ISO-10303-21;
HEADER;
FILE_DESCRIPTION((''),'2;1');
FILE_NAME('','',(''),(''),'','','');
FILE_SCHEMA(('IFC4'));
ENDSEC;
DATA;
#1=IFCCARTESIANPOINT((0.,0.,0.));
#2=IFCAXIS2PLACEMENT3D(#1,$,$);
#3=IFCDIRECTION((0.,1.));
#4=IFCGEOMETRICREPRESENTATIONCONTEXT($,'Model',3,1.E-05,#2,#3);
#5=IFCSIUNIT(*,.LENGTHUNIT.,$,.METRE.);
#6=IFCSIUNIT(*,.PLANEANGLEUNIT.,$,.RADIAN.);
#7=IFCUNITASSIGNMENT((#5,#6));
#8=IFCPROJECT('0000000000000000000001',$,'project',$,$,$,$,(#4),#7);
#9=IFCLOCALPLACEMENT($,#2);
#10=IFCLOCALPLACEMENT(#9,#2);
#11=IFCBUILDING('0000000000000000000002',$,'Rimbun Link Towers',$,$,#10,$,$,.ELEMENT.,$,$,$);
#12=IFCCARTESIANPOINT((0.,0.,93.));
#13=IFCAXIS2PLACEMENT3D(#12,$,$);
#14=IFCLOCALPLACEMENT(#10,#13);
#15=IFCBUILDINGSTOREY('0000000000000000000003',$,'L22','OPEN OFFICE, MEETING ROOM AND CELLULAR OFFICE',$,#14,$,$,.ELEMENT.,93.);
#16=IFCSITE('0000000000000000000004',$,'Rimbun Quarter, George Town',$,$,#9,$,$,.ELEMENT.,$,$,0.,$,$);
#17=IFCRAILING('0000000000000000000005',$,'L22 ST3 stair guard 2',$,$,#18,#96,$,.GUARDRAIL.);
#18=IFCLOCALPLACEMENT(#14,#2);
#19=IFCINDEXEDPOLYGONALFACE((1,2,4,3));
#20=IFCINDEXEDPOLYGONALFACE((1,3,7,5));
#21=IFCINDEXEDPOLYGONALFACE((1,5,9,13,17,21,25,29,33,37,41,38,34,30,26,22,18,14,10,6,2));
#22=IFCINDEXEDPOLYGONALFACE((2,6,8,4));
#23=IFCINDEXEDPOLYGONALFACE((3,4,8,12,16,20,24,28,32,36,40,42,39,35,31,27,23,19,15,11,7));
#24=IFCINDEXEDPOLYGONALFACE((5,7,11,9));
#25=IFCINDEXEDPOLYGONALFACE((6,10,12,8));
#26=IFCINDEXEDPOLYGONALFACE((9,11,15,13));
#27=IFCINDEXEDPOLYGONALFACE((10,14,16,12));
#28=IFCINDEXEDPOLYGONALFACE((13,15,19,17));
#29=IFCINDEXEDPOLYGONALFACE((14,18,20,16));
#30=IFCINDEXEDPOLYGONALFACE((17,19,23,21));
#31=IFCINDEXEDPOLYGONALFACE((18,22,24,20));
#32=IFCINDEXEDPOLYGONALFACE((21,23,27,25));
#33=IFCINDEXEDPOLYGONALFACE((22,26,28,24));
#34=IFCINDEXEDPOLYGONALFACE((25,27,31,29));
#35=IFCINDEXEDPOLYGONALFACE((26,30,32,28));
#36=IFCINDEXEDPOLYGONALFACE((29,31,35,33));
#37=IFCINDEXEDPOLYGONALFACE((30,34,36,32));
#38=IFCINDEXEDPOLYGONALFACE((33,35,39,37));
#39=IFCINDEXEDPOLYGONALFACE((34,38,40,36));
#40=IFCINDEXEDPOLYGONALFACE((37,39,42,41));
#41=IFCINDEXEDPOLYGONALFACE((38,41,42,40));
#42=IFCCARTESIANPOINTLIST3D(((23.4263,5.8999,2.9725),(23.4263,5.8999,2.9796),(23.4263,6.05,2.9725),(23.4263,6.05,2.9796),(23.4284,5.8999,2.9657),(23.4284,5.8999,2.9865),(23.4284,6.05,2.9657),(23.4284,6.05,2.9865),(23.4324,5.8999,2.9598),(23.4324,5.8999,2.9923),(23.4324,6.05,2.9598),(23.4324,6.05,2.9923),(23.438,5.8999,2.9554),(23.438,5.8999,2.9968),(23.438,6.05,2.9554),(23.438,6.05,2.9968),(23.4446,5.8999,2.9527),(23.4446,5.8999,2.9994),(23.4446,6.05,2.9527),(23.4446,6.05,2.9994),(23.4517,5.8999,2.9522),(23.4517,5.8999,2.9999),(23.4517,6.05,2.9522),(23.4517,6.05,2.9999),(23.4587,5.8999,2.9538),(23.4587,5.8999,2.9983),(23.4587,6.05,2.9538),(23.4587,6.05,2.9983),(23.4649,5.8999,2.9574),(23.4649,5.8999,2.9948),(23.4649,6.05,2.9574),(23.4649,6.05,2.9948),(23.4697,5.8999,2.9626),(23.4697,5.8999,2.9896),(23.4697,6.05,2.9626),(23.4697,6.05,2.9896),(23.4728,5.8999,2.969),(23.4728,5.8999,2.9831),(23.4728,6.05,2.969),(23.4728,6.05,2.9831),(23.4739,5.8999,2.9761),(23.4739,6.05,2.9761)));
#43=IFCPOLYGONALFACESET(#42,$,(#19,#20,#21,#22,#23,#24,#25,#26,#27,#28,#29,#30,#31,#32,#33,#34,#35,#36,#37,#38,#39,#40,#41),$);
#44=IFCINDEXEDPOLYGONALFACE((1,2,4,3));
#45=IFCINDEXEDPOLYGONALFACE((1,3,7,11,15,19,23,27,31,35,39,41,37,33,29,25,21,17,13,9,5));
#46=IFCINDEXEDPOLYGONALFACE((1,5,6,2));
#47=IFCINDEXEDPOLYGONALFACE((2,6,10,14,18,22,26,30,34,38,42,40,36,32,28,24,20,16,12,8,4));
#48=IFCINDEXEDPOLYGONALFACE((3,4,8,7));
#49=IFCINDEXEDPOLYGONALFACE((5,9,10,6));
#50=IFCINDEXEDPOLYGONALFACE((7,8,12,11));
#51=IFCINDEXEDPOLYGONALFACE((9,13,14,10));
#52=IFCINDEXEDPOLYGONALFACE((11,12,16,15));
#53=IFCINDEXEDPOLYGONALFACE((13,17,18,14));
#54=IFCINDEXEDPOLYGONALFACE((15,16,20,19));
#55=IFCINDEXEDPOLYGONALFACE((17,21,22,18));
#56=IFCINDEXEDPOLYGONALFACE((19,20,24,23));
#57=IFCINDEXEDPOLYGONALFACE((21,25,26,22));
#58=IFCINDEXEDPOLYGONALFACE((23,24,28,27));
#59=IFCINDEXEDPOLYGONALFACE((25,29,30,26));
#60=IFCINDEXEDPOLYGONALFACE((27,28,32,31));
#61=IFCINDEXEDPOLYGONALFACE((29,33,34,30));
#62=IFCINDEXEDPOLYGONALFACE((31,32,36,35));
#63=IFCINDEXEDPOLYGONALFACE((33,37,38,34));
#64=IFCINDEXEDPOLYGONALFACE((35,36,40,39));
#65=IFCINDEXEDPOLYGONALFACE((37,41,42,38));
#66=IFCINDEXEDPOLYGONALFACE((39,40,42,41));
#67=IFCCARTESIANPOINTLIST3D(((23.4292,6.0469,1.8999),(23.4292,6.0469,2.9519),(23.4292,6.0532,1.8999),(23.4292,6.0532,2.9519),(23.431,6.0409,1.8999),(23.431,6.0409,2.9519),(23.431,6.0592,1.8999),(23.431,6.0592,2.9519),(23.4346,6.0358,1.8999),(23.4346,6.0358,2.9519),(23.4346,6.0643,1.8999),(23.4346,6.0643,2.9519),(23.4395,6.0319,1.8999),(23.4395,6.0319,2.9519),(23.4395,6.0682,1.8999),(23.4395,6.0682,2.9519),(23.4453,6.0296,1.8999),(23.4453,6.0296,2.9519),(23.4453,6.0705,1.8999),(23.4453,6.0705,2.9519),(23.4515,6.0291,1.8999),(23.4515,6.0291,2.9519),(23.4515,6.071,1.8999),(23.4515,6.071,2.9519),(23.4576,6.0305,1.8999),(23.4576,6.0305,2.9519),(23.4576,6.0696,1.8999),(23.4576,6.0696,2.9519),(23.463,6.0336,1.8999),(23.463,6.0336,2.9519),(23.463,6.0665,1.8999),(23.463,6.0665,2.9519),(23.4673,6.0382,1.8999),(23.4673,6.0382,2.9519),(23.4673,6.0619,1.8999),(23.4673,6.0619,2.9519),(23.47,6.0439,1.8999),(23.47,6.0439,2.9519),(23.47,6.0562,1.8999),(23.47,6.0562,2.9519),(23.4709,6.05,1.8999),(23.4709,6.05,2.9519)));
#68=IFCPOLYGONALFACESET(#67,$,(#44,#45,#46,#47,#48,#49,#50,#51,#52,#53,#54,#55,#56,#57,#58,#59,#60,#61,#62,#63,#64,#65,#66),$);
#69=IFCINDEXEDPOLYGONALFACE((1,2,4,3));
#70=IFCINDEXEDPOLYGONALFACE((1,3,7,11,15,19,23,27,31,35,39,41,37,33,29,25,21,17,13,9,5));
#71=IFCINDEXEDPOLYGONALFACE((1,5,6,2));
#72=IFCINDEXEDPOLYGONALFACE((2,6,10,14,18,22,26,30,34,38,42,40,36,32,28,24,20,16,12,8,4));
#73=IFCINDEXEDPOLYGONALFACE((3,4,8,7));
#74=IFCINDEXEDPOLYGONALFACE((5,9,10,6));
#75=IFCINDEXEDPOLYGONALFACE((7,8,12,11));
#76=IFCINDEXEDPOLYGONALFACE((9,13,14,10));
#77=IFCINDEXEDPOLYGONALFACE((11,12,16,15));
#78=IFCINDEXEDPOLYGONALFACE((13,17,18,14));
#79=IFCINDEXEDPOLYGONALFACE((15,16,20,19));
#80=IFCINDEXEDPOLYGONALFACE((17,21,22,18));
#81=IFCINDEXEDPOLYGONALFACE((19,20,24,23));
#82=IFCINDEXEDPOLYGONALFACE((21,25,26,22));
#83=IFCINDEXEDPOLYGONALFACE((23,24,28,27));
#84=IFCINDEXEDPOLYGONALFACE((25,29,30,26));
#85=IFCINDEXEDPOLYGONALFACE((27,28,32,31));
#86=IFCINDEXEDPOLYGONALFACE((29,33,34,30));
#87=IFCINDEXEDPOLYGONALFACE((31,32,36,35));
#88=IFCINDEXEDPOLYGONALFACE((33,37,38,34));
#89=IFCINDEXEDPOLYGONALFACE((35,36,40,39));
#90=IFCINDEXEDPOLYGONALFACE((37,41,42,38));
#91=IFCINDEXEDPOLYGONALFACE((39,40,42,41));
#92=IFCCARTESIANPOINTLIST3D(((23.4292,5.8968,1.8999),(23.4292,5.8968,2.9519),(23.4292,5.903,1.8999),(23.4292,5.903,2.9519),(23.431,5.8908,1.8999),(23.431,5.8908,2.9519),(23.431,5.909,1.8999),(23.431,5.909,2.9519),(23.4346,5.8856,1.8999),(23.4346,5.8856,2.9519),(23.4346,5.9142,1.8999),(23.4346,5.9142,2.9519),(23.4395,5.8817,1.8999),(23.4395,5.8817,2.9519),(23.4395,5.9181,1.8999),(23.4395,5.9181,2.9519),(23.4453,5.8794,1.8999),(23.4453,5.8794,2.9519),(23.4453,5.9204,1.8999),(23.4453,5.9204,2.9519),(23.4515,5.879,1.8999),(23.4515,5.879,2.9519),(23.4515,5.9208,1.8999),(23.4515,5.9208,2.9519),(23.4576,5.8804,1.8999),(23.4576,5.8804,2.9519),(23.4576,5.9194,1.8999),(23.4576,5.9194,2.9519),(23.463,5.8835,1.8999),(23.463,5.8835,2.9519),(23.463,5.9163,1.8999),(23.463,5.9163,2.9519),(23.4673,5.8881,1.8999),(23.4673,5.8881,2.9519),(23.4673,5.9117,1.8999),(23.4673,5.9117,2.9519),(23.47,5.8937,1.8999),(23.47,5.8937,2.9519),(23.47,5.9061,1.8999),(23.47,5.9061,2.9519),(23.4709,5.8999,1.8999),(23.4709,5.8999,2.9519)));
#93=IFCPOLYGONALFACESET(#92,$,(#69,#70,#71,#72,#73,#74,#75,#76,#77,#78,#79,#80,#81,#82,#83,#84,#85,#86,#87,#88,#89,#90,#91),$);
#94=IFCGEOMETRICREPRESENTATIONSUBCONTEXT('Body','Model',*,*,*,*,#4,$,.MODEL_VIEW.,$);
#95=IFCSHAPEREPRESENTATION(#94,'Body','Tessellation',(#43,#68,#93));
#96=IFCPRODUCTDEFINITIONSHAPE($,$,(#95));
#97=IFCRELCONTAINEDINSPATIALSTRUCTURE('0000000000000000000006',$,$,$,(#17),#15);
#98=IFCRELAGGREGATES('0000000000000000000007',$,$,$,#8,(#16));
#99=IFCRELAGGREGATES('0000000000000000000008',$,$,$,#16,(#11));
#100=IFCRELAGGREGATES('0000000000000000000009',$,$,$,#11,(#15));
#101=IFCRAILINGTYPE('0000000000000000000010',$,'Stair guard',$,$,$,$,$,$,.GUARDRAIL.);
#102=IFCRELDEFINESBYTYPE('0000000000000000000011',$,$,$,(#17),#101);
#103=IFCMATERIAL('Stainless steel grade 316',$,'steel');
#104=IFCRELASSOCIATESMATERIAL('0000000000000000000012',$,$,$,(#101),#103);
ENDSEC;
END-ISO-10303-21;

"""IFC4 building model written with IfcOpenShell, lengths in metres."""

from ifc_helpers import new_model, si_unit, direction, frame, origin, origin_2d, place, context, subcontext, project, spatial, circle, extrude, material, type_object, element, save


model = new_model("IFC4")

# Units and contexts
model_context = context("Model", 3, precision=1e-05, world=origin(), true_north=direction((0.0, 1.0)))
body_context = subcontext(model_context, "Body", "Model", "MODEL_VIEW")
ifc_project = project(units=[si_unit("LENGTHUNIT", "METRE"), si_unit("PLANEANGLEUNIT", "RADIAN")], contexts=[model_context])

# Site, building, storey
site_placement = place(None, origin())
site = spatial("IfcSite", under=ifc_project, at=site_placement, Name="Rimbun Quarter, George Town", CompositionType="ELEMENT", RefElevation=0.0)
building_placement = place(site_placement, origin())
building = spatial("IfcBuilding", under=site, at=building_placement, Name="Rimbun Link Towers", CompositionType="ELEMENT")
storey_placement = place(building_placement, frame((0.0, 0.0, 93.0)))
storey = spatial("IfcBuildingStorey", under=building, at=storey_placement, Name="L22", Description="OPEN OFFICE, MEETING ROOM AND CELLULAR OFFICE", CompositionType="ELEMENT", Elevation=93.0)

# Railing
ifc_material_1 = material(Name="Stainless steel grade 316", Category="steel")
railing_type_1 = type_object("IfcRailingType", Name="Stair guard", PredefinedType="GUARDRAIL", material=ifc_material_1)
railing_1_placement = place(storey_placement, frame((23.45, 6.05, 1.8999)))
element("IfcRailing", 1, at=railing_1_placement, inside=storey, type_object=railing_type_1, Name="L22 ST3 stair guard 2", PredefinedType="GUARDRAIL", context=body_context, shape_type="SweptSolid", body=[
    extrude(circle(Radius=0.0239, at=origin_2d()), frame((0.0, 0.0, 1.0762), z_axis=(0.0, -1.0, 0.0), x_axis=(1.0, 0.0, 0.0)), (0.0, 0.0, 1.0), 0.1501),
    extrude(circle(Radius=0.021, at=origin_2d()), origin(), (0.0, 0.0, 1.0), 1.052),
    extrude(circle(Radius=0.021, at=origin_2d()), frame((0.0, -0.1501, 0.0)), (0.0, 0.0, 1.0), 1.052),
])

save(model, "model.ifc")
